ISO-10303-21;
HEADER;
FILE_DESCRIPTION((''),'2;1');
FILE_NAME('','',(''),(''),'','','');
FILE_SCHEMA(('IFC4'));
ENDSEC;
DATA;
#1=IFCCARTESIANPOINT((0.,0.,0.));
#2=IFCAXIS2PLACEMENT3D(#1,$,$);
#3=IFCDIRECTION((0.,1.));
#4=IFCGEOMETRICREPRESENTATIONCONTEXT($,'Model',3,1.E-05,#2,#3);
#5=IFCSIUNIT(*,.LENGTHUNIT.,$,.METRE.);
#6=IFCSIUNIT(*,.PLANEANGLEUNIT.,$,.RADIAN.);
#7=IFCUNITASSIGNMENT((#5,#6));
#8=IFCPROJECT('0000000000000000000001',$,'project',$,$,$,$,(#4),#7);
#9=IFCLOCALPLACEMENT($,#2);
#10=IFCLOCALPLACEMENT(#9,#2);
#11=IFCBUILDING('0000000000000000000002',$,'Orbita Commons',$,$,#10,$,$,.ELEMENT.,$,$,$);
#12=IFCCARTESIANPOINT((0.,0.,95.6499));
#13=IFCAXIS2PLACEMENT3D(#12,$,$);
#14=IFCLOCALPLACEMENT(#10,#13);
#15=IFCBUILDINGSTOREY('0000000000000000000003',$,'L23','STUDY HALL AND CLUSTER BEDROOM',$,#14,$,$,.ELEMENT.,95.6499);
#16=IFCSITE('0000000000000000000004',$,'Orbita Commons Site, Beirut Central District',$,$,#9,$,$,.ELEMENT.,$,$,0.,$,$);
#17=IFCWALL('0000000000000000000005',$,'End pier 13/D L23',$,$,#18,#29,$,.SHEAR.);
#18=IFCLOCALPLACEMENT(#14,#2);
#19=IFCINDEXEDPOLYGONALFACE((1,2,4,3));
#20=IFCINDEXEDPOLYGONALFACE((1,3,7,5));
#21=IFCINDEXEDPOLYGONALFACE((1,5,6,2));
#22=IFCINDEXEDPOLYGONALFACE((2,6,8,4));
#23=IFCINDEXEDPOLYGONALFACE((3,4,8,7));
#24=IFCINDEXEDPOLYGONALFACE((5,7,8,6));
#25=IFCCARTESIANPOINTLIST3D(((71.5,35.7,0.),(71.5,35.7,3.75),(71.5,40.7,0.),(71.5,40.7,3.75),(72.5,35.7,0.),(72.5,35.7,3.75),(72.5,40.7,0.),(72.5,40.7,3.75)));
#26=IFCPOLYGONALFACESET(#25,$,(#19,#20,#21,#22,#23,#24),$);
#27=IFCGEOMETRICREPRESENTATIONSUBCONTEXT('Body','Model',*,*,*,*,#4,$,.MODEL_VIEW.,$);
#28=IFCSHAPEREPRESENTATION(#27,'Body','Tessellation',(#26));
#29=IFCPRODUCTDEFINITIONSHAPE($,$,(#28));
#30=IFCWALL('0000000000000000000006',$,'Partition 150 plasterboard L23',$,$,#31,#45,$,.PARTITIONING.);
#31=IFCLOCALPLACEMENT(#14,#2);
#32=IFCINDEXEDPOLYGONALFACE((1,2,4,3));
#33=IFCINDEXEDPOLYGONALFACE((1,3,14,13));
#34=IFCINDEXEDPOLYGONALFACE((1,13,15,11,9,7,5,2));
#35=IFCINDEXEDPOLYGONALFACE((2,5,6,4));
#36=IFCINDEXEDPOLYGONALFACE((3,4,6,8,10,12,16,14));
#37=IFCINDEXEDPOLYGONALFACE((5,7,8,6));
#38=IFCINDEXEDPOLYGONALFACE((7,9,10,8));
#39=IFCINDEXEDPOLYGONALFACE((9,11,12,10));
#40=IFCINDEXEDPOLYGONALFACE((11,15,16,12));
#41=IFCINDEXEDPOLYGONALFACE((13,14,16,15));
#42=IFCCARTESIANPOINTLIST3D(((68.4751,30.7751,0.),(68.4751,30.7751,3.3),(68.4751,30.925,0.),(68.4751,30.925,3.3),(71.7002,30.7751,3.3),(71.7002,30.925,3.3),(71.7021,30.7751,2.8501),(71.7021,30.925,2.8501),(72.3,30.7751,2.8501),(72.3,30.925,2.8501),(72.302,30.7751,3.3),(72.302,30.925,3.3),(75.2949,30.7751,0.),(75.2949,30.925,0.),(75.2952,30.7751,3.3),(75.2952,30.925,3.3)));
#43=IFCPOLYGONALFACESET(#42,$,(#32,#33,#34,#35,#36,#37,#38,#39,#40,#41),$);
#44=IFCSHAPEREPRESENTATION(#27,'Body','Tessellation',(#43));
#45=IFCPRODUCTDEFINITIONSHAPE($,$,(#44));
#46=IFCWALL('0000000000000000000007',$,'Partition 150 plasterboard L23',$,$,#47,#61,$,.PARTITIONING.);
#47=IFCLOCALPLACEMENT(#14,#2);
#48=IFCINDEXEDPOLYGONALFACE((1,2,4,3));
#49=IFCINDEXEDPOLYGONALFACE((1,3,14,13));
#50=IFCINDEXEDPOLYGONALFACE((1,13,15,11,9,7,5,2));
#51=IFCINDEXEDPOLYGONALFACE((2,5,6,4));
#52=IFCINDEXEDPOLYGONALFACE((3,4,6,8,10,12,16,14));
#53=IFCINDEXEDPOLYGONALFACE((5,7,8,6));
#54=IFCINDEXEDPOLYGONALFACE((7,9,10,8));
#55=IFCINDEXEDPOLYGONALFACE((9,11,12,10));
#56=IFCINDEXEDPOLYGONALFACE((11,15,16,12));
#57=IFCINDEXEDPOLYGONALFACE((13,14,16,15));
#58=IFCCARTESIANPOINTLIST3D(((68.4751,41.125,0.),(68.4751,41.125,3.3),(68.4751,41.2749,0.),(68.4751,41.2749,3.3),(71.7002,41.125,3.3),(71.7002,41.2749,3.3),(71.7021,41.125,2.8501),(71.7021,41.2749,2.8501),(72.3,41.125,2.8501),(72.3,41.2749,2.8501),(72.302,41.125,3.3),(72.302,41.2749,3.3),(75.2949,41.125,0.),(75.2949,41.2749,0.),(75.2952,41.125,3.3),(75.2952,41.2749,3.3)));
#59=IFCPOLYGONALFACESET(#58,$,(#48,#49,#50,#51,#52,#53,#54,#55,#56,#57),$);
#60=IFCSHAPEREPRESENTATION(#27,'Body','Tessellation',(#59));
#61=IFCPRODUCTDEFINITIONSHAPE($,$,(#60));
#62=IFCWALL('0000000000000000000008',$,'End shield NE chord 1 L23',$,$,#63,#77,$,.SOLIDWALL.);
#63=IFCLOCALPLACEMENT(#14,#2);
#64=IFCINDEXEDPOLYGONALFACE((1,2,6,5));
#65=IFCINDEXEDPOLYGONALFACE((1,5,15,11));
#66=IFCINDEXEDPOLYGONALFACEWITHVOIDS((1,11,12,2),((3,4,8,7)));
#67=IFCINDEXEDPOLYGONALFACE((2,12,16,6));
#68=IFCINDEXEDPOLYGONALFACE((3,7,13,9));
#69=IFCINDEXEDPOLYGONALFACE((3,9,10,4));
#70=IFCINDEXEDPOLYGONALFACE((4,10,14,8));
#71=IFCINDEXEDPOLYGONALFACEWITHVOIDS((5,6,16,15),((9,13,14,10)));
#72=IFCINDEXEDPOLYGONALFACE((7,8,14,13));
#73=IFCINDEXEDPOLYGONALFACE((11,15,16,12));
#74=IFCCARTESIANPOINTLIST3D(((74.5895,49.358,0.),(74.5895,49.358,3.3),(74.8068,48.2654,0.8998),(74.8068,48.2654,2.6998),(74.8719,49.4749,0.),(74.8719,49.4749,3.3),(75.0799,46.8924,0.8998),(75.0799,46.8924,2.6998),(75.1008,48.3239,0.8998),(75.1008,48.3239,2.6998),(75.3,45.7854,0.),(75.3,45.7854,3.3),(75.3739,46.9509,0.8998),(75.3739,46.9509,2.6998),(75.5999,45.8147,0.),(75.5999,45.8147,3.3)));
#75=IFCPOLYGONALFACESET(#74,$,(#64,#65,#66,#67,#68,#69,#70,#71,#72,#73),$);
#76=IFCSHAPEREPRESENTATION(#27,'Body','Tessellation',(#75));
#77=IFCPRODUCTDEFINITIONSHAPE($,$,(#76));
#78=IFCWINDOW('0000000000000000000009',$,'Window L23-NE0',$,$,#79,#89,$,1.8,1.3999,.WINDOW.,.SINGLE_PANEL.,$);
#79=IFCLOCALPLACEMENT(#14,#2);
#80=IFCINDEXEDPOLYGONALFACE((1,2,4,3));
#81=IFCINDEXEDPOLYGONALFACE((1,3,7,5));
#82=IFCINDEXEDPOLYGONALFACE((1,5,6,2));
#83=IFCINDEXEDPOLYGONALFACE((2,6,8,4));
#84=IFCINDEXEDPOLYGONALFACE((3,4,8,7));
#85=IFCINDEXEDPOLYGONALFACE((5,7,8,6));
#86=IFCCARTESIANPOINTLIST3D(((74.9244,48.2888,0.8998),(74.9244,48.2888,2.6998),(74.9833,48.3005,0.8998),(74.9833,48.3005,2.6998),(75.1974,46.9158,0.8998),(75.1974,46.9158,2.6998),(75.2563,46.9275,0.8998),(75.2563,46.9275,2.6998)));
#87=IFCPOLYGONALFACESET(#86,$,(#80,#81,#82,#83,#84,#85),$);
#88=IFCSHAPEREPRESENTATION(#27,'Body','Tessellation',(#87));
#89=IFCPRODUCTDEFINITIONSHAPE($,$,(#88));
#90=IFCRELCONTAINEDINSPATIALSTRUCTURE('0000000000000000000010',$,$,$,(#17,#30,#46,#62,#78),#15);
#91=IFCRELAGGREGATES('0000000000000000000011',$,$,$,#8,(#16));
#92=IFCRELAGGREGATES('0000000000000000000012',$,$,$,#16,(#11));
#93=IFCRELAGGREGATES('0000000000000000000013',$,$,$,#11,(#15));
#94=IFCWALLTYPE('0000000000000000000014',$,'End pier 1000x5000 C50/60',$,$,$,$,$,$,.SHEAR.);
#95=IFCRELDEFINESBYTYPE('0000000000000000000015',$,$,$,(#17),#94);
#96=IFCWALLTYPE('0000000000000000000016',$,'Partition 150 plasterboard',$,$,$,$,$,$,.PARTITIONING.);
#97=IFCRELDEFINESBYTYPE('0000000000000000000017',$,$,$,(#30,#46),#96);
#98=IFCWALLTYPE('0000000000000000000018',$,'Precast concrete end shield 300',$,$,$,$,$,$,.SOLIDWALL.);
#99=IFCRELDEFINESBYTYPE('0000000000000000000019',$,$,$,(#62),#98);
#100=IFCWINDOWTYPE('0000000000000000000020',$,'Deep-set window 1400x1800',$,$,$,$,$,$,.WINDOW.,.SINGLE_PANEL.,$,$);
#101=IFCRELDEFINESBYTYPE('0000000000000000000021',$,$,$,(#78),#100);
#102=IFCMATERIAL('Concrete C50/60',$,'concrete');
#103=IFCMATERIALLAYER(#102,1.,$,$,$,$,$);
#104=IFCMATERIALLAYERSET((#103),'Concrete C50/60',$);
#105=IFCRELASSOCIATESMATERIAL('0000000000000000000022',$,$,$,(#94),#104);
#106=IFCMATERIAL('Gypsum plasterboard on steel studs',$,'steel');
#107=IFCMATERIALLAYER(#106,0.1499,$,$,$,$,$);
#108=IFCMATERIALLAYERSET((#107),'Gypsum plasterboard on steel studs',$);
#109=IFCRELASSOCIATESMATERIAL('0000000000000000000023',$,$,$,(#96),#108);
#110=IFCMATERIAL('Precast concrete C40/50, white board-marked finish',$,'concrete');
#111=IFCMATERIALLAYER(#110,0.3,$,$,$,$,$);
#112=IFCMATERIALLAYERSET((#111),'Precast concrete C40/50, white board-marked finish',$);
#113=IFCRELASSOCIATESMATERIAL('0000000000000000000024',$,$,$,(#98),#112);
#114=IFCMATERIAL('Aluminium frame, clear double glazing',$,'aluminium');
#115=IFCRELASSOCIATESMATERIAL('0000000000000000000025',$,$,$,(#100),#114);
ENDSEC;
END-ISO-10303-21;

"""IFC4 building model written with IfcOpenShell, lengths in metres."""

from ifc_helpers import new_model, si_unit, direction, frame, frame_2d, origin, place, context, subcontext, project, spatial, polyline, rectangle, outline, extrude, material, layer, layer_set, type_object, element, fill, save


model = new_model("IFC4")

# Units and contexts
model_context = context("Model", 3, precision=1e-05, world=origin(), true_north=direction((0.0, 1.0)))
body_context = subcontext(model_context, "Body", "Model", "MODEL_VIEW")
ifc_project = project(units=[si_unit("LENGTHUNIT", "METRE"), si_unit("PLANEANGLEUNIT", "RADIAN")], contexts=[model_context])

# Site, building, storey
site_placement = place(None, origin())
site = spatial("IfcSite", under=ifc_project, at=site_placement, Name="Orbita Commons Site, Beirut Central District", CompositionType="ELEMENT", RefElevation=0.0)
building_placement = place(site_placement, origin())
building = spatial("IfcBuilding", under=site, at=building_placement, Name="Orbita Commons", CompositionType="ELEMENT")
storey_placement = place(building_placement, frame((0.0, 0.0, 95.6499)))
storey = spatial("IfcBuildingStorey", under=building, at=storey_placement, Name="L23", Description="STUDY HALL AND CLUSTER BEDROOM", CompositionType="ELEMENT", Elevation=95.6499)

# Walls
ifc_material_1 = material(Name="Concrete C50/60", Category="concrete")
ifc_layer_1 = layer(ifc_material_1, 1.0)
ifc_layer_set_1 = layer_set([ifc_layer_1], Name="Concrete C50/60")
wall_type_1 = type_object("IfcWallType", Name="End pier 1000x5000 C50/60", PredefinedType="SHEAR", material=ifc_layer_set_1)
wall_1_placement = place(storey_placement, frame((72.0, 35.7, 0.0), z_axis=(0.0, 0.0, 1.0), x_axis=(0.0, 1.0, 0.0)))
element("IfcWall", 1, at=wall_1_placement, inside=storey, type_object=wall_type_1, Name="End pier 13/D L23", PredefinedType="SHEAR", context=body_context, shape_type="SweptSolid", body=[
    extrude(rectangle(XDim=5.0, YDim=1.0, at=frame_2d((2.5, 0.0))), origin(), (0.0, 0.0, 1.0), 3.75),
])
ifc_material_2 = material(Name="Gypsum plasterboard on steel studs", Category="steel")
ifc_layer_2 = layer(ifc_material_2, 0.1499)
ifc_layer_set_2 = layer_set([ifc_layer_2], Name="Gypsum plasterboard on steel studs")
wall_type_2 = type_object("IfcWallType", Name="Partition 150 plasterboard", PredefinedType="PARTITIONING", material=ifc_layer_set_2)
for number, where, z_axis, x_axis, name in (
    (2, (68.4751, 30.8501, 0.0), (0.0, 0.0, 1.0), (1.0, 0.0, 0.0), "Partition 150 plasterboard L23"),
    (3, (68.4751, 41.2, 0.0), (0.0, 0.0, 1.0), (1.0, 0.0, 0.0), "Partition 150 plasterboard L23"),
):
    element("IfcWall", number, at=place(storey_placement, frame(where, z_axis=z_axis, x_axis=x_axis)), inside=storey, type_object=wall_type_2, Name=name, PredefinedType="PARTITIONING", context=body_context, shape_type="SweptSolid", body=[
        extrude(outline(polyline([(0.0, 0.0), (6.8198, 0.0), (6.8201, 3.3), (3.8269, 3.3), (3.825, 2.8501), (3.2271, 2.8501), (3.2251, 3.3), (0.0, 3.3), (0.0, 0.0)])), frame((0.0, 0.075, 0.0), z_axis=(0.0, -1.0, 0.0), x_axis=(1.0, 0.0, 0.0)), (0.0, 0.0, 1.0), 0.1499),
    ])

# Wall, opening, window
ifc_material_3 = material(Name="Precast concrete C40/50, white board-marked finish", Category="concrete")
ifc_layer_3 = layer(ifc_material_3, 0.3)
ifc_layer_set_3 = layer_set([ifc_layer_3], Name="Precast concrete C40/50, white board-marked finish")
wall_type_3 = type_object("IfcWallType", Name="Precast concrete end shield 300", PredefinedType="SOLIDWALL", material=ifc_layer_set_3)
wall_2_placement = place(storey_placement, frame((75.45, 45.8, 0.0), z_axis=(0.0, 0.0, 1.0), x_axis=(-0.195059, 0.980791, 0.0)))
wall_2 = element("IfcWall", 4, at=wall_2_placement, inside=storey, type_object=wall_type_3, Name="End shield NE chord 1 L23", PredefinedType="SOLIDWALL", context=body_context, shape_type="SweptSolid", body=[
    extrude(outline(polyline([(-0.0149, -0.1499), (3.717, -0.1499), (3.6575, 0.1499), (0.0149, 0.1499), (-0.0149, -0.1499)])), origin(), (0.0, 0.0, 1.0), 3.3),
])
opening_1_placement = place(wall_2_placement, frame((1.1436, 0.0, 0.8999)))
opening_1 = element("IfcOpeningElement", 5, at=opening_1_placement, cuts=wall_2, PredefinedType="OPENING", context=body_context, shape_type="SweptSolid", body=[
    extrude(rectangle(XDim=1.3999, YDim=1.8, at=frame_2d((0.7, 0.8999))), frame((0.0, 0.1599, 0.0), z_axis=(0.0, -1.0, 0.0), x_axis=(1.0, 0.0, 0.0)), (0.0, 0.0, 1.0), 0.3201),
])
ifc_material_4 = material(Name="Aluminium frame, clear double glazing", Category="aluminium")
window_type = type_object("IfcWindowType", Name="Deep-set window 1400x1800", PartitioningType="SINGLE_PANEL", PredefinedType="WINDOW", material=ifc_material_4)
window_placement = place(opening_1_placement, origin())
window = element("IfcWindow", 6, at=window_placement, inside=storey, type_object=window_type, Name="Window L23-NE0", OverallHeight=1.8, OverallWidth=1.3999, PartitioningType="SINGLE_PANEL", PredefinedType="WINDOW", context=body_context, shape_type="SweptSolid", body=[
    extrude(rectangle(XDim=1.3999, YDim=1.8, at=frame_2d((0.7, 0.8999))), frame((0.0, 0.03, 0.0), z_axis=(0.0, -1.0, 0.0), x_axis=(1.0, 0.0, 0.0)), (0.0, 0.0, 1.0), 0.0601),
])
fill(opening_1, window)

save(model, "model.ifc")
